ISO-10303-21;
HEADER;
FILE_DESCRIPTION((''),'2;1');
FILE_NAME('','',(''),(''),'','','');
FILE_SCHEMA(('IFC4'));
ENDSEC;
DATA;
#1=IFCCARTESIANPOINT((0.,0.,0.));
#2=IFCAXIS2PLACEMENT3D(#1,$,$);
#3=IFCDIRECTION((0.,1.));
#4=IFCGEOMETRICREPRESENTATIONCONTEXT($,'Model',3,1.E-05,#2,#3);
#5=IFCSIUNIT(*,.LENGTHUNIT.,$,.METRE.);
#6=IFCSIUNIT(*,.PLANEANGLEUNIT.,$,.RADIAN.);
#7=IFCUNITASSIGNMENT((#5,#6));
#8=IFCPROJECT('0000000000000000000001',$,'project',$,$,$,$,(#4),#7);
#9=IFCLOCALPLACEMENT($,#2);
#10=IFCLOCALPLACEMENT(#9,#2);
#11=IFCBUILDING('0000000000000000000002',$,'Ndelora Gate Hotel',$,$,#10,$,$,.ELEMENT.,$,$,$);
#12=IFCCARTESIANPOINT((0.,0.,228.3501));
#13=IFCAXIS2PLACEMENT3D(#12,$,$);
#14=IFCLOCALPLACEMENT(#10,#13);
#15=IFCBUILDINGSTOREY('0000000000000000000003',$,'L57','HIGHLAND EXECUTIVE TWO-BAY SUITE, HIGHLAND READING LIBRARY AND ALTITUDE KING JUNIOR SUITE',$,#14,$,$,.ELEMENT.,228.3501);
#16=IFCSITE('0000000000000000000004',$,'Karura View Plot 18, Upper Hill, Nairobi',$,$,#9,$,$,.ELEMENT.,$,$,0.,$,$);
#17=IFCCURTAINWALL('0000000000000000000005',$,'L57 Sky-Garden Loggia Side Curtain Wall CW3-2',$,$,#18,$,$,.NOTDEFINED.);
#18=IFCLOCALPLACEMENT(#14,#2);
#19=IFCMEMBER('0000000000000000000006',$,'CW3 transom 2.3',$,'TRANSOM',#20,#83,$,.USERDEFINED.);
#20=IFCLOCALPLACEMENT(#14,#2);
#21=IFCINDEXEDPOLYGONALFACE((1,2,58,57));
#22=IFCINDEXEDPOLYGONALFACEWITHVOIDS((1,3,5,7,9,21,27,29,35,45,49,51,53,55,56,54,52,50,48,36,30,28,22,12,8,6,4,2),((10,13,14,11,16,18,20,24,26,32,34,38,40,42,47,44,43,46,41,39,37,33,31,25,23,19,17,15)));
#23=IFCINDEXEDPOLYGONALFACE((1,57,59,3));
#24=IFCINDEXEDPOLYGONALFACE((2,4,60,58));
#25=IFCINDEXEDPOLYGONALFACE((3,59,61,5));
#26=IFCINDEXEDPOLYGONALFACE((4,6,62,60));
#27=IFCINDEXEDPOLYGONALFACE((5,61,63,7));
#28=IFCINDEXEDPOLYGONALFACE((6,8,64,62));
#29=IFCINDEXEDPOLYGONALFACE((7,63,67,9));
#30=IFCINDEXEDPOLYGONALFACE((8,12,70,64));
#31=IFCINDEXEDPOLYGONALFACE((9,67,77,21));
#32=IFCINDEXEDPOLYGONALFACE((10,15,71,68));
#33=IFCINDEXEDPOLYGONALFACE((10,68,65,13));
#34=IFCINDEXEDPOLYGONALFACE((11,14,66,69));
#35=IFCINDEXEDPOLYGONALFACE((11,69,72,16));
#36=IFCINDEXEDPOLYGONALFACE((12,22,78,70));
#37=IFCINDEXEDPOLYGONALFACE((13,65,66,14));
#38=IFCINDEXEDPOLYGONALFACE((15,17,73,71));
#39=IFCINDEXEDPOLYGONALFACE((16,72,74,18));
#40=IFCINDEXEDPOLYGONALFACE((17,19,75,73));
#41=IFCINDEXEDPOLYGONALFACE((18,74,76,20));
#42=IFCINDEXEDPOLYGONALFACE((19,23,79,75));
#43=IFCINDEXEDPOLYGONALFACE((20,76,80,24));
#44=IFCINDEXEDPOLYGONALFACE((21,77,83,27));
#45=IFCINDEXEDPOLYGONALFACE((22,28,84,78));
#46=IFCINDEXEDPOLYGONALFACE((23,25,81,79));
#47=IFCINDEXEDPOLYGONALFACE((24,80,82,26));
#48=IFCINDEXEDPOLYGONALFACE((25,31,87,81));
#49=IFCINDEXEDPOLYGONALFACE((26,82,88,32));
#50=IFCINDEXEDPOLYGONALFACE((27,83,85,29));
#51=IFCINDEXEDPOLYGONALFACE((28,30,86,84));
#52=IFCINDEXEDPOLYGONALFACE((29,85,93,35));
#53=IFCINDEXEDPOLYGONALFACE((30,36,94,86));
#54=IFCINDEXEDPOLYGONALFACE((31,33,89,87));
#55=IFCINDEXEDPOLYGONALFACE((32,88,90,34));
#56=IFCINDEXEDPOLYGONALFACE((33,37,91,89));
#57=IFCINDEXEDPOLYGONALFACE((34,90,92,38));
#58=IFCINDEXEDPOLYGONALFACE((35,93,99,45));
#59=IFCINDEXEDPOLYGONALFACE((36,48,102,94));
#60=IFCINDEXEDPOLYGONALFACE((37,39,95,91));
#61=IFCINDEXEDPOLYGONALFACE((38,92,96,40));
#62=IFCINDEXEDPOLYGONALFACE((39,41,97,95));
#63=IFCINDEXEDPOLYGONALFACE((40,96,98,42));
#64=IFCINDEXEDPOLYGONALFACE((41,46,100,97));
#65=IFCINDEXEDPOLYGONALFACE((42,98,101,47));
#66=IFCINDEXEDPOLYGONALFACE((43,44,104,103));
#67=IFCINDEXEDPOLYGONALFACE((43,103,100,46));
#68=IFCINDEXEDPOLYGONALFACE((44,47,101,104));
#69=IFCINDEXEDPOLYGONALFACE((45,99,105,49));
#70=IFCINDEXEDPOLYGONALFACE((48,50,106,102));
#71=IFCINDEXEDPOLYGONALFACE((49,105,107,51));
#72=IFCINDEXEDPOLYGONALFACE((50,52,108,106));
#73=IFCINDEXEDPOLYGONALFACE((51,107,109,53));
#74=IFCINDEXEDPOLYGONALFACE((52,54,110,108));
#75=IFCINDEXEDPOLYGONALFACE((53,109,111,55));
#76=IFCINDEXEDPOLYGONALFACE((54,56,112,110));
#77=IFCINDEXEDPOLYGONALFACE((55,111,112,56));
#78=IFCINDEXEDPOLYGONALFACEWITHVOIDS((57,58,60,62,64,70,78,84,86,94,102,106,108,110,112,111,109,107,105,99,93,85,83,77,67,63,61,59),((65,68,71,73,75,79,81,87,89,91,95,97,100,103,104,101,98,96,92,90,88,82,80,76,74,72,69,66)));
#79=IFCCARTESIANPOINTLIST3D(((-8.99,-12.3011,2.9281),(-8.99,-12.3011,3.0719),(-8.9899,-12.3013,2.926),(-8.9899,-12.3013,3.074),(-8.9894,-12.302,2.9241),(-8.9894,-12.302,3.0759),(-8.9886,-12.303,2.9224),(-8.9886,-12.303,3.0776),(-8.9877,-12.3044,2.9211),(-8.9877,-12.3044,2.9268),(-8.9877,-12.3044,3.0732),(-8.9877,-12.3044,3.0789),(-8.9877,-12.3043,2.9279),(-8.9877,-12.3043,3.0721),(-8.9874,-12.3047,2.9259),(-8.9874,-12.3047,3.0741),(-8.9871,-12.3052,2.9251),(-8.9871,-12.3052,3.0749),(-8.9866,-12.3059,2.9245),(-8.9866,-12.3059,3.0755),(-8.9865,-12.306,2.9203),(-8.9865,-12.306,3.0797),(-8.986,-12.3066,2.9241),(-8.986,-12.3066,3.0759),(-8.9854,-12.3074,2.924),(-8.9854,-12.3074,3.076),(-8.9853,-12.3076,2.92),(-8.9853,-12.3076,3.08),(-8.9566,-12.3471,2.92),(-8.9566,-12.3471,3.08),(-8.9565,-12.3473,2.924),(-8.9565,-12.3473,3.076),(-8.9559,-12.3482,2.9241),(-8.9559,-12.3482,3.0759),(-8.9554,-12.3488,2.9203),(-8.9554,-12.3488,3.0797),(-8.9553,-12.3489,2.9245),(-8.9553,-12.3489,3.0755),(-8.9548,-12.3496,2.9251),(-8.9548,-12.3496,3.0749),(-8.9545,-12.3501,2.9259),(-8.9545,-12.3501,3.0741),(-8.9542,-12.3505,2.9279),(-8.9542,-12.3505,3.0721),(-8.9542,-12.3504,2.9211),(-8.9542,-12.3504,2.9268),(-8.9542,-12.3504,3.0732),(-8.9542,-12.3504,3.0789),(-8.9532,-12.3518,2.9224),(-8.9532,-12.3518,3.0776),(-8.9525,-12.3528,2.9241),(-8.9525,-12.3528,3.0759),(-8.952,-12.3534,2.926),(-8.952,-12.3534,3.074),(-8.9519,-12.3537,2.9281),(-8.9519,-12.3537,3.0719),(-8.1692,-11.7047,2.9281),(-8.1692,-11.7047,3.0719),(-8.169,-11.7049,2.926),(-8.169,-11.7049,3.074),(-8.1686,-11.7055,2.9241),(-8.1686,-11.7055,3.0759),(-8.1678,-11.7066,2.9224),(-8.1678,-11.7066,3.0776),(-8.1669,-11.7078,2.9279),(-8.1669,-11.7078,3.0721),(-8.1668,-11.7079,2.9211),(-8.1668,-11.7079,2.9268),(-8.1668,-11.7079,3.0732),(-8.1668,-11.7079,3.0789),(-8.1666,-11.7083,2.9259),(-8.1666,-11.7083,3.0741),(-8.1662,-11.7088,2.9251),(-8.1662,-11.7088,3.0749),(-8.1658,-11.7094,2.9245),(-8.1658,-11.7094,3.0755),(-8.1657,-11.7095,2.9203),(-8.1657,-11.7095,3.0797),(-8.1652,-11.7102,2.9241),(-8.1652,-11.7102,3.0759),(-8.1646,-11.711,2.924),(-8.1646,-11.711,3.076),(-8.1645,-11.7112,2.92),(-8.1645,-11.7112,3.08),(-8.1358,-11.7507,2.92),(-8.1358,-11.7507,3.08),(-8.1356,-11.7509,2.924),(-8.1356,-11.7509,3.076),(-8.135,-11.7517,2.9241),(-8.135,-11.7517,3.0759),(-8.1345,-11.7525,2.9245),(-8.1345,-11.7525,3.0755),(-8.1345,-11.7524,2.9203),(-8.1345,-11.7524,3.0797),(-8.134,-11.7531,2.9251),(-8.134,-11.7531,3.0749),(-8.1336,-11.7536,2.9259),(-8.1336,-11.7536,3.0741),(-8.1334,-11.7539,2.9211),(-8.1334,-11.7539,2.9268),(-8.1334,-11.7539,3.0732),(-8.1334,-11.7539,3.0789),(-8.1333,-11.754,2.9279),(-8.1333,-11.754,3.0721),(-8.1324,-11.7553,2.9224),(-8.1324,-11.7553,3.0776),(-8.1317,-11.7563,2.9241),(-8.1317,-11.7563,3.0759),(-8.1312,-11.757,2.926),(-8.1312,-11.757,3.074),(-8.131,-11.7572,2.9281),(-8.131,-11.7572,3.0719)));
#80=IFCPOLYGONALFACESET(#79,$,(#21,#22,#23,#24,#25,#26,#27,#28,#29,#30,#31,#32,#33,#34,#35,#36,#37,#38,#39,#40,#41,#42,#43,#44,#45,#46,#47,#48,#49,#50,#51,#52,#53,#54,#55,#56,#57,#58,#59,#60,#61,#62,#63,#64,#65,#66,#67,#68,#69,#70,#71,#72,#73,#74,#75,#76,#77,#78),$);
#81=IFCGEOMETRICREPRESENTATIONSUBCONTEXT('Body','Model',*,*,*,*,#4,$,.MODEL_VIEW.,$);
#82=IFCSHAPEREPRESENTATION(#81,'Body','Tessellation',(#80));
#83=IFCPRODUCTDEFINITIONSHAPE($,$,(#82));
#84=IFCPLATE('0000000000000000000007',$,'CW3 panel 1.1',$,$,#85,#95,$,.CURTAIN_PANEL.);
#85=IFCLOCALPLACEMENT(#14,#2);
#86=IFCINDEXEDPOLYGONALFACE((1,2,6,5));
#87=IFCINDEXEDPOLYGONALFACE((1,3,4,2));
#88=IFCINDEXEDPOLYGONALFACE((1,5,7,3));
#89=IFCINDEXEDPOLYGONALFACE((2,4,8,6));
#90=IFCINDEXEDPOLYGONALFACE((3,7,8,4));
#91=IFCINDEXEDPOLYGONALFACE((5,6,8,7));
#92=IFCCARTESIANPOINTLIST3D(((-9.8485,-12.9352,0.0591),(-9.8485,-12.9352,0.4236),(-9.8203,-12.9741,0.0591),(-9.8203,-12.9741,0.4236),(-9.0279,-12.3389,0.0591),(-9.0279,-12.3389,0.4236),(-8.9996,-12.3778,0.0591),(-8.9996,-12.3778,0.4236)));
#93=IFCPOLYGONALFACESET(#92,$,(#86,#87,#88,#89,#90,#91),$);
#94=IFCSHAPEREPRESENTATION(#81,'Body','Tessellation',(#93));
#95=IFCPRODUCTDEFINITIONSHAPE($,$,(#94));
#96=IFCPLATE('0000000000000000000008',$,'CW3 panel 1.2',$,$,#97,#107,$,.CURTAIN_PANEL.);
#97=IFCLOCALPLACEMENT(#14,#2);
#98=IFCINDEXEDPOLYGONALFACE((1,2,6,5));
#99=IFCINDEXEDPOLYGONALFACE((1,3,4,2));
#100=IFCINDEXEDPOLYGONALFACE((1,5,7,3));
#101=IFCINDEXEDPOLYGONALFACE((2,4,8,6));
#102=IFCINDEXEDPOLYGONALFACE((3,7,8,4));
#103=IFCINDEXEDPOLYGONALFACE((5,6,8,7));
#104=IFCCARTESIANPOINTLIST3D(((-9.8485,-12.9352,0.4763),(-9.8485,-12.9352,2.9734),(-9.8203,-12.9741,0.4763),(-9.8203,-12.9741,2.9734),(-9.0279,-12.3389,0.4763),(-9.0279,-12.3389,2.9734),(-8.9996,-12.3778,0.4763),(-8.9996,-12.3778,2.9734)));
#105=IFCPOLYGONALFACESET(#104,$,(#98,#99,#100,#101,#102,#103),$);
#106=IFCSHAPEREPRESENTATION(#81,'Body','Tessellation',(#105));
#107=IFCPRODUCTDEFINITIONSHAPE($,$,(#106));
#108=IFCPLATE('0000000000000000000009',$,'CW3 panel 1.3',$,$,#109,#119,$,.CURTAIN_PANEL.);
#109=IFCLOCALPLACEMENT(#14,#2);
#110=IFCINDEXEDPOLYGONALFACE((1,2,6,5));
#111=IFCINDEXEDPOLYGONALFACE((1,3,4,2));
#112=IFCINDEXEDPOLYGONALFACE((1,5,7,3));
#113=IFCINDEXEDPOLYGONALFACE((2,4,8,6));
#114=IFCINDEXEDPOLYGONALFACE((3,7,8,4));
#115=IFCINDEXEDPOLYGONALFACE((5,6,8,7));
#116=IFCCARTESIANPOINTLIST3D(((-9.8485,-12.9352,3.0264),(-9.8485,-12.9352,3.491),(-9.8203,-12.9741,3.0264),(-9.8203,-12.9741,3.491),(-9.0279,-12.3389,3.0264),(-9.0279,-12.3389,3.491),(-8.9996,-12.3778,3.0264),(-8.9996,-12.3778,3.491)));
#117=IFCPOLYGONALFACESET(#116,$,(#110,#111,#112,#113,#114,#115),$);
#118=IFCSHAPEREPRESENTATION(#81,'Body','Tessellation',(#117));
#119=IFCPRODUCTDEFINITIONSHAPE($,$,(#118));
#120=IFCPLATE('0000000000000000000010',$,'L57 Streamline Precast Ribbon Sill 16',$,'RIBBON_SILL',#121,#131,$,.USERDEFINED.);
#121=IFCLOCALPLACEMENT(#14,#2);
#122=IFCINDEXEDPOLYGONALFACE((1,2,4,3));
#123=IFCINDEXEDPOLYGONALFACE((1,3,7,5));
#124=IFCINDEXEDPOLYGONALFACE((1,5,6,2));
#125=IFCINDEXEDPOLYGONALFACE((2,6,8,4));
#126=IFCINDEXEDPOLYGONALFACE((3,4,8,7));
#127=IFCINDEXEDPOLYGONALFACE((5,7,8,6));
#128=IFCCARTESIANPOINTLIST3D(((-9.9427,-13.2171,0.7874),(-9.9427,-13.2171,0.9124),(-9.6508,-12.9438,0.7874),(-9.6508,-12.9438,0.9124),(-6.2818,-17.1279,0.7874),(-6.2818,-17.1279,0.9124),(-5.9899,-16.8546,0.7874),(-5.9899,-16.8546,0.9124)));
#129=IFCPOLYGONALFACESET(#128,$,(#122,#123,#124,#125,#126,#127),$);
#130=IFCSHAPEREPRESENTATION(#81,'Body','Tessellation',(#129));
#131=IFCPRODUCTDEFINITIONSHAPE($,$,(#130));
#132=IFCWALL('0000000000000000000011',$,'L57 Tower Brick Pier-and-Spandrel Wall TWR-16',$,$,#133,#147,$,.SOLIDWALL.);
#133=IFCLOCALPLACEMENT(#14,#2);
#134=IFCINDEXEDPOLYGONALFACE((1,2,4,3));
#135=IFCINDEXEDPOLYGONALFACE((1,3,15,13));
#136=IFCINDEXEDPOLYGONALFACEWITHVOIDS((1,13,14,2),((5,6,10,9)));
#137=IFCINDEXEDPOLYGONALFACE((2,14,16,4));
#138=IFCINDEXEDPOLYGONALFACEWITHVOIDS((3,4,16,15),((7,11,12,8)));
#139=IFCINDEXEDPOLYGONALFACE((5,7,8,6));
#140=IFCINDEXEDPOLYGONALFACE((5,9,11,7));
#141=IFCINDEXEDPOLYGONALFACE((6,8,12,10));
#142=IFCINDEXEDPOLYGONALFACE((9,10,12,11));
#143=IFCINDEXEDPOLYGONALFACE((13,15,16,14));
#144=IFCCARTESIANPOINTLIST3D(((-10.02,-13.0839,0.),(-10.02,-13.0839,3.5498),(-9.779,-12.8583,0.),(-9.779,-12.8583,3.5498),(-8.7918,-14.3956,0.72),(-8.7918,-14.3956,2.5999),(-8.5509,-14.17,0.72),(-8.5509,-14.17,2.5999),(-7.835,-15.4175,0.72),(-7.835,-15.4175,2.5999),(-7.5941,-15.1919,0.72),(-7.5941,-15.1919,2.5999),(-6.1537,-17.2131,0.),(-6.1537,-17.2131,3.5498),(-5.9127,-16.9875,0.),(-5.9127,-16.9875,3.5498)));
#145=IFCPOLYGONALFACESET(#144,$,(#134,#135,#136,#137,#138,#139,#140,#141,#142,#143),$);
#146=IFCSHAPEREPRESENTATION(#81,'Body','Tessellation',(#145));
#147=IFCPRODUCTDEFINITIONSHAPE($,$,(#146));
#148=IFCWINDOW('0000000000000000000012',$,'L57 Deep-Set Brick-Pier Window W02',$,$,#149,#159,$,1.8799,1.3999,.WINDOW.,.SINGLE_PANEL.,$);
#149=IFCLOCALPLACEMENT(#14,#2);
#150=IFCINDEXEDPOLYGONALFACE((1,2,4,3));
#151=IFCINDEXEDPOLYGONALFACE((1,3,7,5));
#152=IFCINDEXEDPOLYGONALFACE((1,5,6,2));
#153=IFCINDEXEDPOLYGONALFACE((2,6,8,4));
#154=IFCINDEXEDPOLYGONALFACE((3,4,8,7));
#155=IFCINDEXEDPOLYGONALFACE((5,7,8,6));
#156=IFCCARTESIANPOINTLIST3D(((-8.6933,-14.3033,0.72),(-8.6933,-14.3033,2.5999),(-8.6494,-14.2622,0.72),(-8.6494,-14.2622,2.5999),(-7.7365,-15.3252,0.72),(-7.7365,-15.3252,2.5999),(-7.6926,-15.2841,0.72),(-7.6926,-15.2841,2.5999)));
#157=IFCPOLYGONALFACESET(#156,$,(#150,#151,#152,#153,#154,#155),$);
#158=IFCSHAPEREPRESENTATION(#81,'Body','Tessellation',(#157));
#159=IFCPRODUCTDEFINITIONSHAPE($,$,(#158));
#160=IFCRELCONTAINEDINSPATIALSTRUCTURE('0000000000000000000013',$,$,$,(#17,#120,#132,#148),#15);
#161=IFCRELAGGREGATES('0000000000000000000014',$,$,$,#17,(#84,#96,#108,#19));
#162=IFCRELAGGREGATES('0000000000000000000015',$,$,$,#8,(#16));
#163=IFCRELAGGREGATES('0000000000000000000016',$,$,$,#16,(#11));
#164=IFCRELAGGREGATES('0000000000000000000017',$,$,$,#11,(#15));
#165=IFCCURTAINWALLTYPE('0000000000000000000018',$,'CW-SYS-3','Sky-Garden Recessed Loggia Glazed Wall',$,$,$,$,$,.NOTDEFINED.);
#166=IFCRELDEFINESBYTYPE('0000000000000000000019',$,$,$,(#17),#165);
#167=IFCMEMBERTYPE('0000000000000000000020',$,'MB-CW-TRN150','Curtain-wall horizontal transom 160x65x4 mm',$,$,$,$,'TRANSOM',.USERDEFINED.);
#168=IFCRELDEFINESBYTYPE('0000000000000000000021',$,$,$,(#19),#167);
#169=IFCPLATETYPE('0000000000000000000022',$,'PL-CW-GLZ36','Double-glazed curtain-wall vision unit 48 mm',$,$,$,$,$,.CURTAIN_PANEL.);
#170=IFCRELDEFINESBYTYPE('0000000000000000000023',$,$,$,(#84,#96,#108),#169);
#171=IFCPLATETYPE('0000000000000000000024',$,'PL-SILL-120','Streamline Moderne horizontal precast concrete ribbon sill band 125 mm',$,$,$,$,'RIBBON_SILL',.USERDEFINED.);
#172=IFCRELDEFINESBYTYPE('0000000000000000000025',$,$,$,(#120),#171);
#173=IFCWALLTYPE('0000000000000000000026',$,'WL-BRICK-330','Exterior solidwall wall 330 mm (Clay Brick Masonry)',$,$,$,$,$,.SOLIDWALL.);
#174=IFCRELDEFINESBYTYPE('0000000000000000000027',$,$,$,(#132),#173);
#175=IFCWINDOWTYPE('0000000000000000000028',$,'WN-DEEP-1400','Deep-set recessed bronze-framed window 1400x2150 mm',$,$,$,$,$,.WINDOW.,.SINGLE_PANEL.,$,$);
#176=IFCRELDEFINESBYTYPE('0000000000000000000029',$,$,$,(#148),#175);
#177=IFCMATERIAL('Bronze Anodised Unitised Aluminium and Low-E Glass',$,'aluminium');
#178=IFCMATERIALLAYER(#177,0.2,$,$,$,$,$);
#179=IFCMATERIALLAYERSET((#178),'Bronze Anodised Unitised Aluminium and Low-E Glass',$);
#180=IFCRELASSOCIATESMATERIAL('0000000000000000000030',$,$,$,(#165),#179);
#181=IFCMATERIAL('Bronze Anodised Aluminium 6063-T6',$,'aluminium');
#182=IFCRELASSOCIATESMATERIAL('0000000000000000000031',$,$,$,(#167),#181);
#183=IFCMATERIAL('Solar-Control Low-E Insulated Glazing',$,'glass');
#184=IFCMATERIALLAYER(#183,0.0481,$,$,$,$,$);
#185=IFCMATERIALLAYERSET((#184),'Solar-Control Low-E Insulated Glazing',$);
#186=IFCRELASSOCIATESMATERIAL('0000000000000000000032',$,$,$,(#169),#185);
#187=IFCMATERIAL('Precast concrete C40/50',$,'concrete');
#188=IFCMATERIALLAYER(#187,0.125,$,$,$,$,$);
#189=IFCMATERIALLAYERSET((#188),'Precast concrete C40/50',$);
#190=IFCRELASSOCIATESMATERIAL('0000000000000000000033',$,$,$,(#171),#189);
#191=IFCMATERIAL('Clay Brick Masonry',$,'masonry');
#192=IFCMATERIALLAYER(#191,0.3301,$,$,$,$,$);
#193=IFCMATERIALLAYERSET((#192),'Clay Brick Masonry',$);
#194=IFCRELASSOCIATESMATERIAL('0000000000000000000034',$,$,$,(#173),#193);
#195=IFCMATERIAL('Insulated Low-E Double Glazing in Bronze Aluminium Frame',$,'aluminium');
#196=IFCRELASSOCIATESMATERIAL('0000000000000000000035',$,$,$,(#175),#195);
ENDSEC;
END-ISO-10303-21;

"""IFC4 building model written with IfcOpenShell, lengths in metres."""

from ifc_helpers import new_model, si_unit, direction, frame, frame_2d, origin, origin_2d, place, context, subcontext, project, spatial, rectangle, hollow_rectangle, extrude, material, layer, layer_set, material_profile, profile_set, type_object, element, fill, aggregate, save


model = new_model("IFC4")

# Units and contexts
model_context = context("Model", 3, precision=1e-05, world=origin(), true_north=direction((0.0, 1.0)))
body_context = subcontext(model_context, "Body", "Model", "MODEL_VIEW")
ifc_project = project(units=[si_unit("LENGTHUNIT", "METRE"), si_unit("PLANEANGLEUNIT", "RADIAN")], contexts=[model_context])

# Site, building, storey
site_placement = place(None, origin())
site = spatial("IfcSite", under=ifc_project, at=site_placement, Name="Karura View Plot 18, Upper Hill, Nairobi", CompositionType="ELEMENT", RefElevation=0.0)
building_placement = place(site_placement, origin())
building = spatial("IfcBuilding", under=site, at=building_placement, Name="Ndelora Gate Hotel", CompositionType="ELEMENT")
storey_placement = place(building_placement, frame((0.0, 0.0, 228.3501)))
storey = spatial("IfcBuildingStorey", under=building, at=storey_placement, Name="L57", Description="HIGHLAND EXECUTIVE TWO-BAY SUITE, HIGHLAND READING LIBRARY AND ALTITUDE KING JUNIOR SUITE", CompositionType="ELEMENT", Elevation=228.3501)

# Curtain wall, member, plates
ifc_material_1 = material(Name="Bronze Anodised Unitised Aluminium and Low-E Glass", Category="aluminium")
ifc_layer_1 = layer(ifc_material_1, 0.2)
ifc_layer_set_1 = layer_set([ifc_layer_1], Name="Bronze Anodised Unitised Aluminium and Low-E Glass")
curtain_wall_type = type_object("IfcCurtainWallType", Name="CW-SYS-3", Description="Sky-Garden Recessed Loggia Glazed Wall", PredefinedType="NOTDEFINED", material=ifc_layer_set_1)
curtain_wall_placement = place(storey_placement, origin())
curtain_wall = element("IfcCurtainWall", 1, at=curtain_wall_placement, inside=storey, type_object=curtain_wall_type, Name="L57 Sky-Garden Loggia Side Curtain Wall CW3-2", PredefinedType="NOTDEFINED")
ifc_material_2 = material(Name="Bronze Anodised Aluminium 6063-T6", Category="aluminium")
ifc_material_profile_1 = material_profile(ifc_material_2, hollow_rectangle(XDim=0.0649, YDim=0.1599, WallThickness=0.0039, InnerFilletRadius=0.0039, OuterFilletRadius=0.0081, at=origin_2d()), Name="ALU 160x65x4")
ifc_profile_set_1 = profile_set([ifc_material_profile_1], Name="Bronze Anodised Aluminium 6063-T6")
member_type_1 = type_object("IfcMemberType", Name="MB-CW-TRN150", Description="Curtain-wall horizontal transom 160x65x4 mm", ElementType="TRANSOM", PredefinedType="USERDEFINED", material=ifc_profile_set_1)
member_1_placement = place(storey_placement, frame((-8.9709, -12.3274, 3.0), z_axis=(0.808975, 0.587843, 0.0), x_axis=(-0.587843, 0.808975, 0.0)))
member_1 = element("IfcMember", 2, at=member_1_placement, type_object=member_type_1, Name="CW3 transom 2.3", ObjectType="TRANSOM", PredefinedType="USERDEFINED", context=body_context, shape_type="SweptSolid", body=[
    extrude(hollow_rectangle(XDim=0.0649, YDim=0.1599, WallThickness=0.0039, InnerFilletRadius=0.0039, OuterFilletRadius=0.0081, at=origin_2d()), origin(), (0.0, 0.0, 1.0), 1.0146),
])
ifc_material_3 = material(Name="Solar-Control Low-E Insulated Glazing", Category="glass")
ifc_layer_2 = layer(ifc_material_3, 0.0481)
ifc_layer_set_2 = layer_set([ifc_layer_2], Name="Solar-Control Low-E Insulated Glazing")
plate_type_1 = type_object("IfcPlateType", Name="PL-CW-GLZ36", Description="Double-glazed curtain-wall vision unit 48 mm", PredefinedType="CURTAIN_PANEL", material=ifc_layer_set_2)
plate_1_placement = place(storey_placement, frame((-9.4241, -12.6565, 0.0591), z_axis=(0.0, 0.0, 1.0), x_axis=(0.809033, 0.587764, 0.0)))
plate_1 = element("IfcPlate", 3, at=plate_1_placement, type_object=plate_type_1, Name="CW3 panel 1.1", PredefinedType="CURTAIN_PANEL", context=body_context, shape_type="SweptSolid", body=[
    extrude(rectangle(XDim=1.0144, YDim=0.0481, at=origin_2d()), origin(), (0.0, 0.0, 1.0), 0.3645),
])
plate_2_placement = place(storey_placement, frame((-9.4241, -12.6565, 0.4763), z_axis=(0.0, 0.0, 1.0), x_axis=(0.809033, 0.587764, 0.0)))
plate_2 = element("IfcPlate", 4, at=plate_2_placement, type_object=plate_type_1, Name="CW3 panel 1.2", PredefinedType="CURTAIN_PANEL", context=body_context, shape_type="SweptSolid", body=[
    extrude(rectangle(XDim=1.0144, YDim=0.0481, at=origin_2d()), origin(), (0.0, 0.0, 1.0), 2.4971),
])
plate_3_placement = place(storey_placement, frame((-9.4241, -12.6565, 3.0264), z_axis=(0.0, 0.0, 1.0), x_axis=(0.809033, 0.587764, 0.0)))
plate_3 = element("IfcPlate", 5, at=plate_3_placement, type_object=plate_type_1, Name="CW3 panel 1.3", PredefinedType="CURTAIN_PANEL", context=body_context, shape_type="SweptSolid", body=[
    extrude(rectangle(XDim=1.0144, YDim=0.0481, at=origin_2d()), origin(), (0.0, 0.0, 1.0), 0.4646),
])
aggregate(curtain_wall, [plate_1, plate_2, plate_3, member_1])

# Plate
ifc_material_4 = material(Name="Precast concrete C40/50", Category="concrete")
ifc_layer_3 = layer(ifc_material_4, 0.125)
ifc_layer_set_3 = layer_set([ifc_layer_3], Name="Precast concrete C40/50")
plate_type_2 = type_object("IfcPlateType", Name="PL-SILL-120", Description="Streamline Moderne horizontal precast concrete ribbon sill band 125 mm", ElementType="RIBBON_SILL", PredefinedType="USERDEFINED", material=ifc_layer_set_3)
plate_4_placement = place(storey_placement, frame((-7.9663, -15.0359, 0.7874), z_axis=(0.0, 0.0, 1.0), x_axis=(-0.683401, 0.730043, 0.0)))
element("IfcPlate", 6, at=plate_4_placement, inside=storey, type_object=plate_type_2, Name="L57 Streamline Precast Ribbon Sill 16", ObjectType="RIBBON_SILL", PredefinedType="USERDEFINED", context=body_context, shape_type="SweptSolid", body=[
    extrude(rectangle(XDim=5.3569, YDim=0.3999, at=origin_2d()), origin(), (0.0, 0.0, 1.0), 0.125),
])

# Wall, opening, window
ifc_material_5 = material(Name="Clay Brick Masonry", Category="masonry")
ifc_layer_4 = layer(ifc_material_5, 0.3301)
ifc_layer_set_4 = layer_set([ifc_layer_4], Name="Clay Brick Masonry")
wall_type = type_object("IfcWallType", Name="WL-BRICK-330", Description="Exterior solidwall wall 330 mm (Clay Brick Masonry)", PredefinedType="SOLIDWALL", material=ifc_layer_set_4)
wall_1_placement = place(storey_placement, frame((-6.0332, -17.1003, 0.0), z_axis=(0.0, 0.0, 1.0), x_axis=(-0.683483, 0.729966, 0.0)))
wall_1 = element("IfcWall", 7, at=wall_1_placement, inside=storey, type_object=wall_type, Name="L57 Tower Brick Pier-and-Spandrel Wall TWR-16", PredefinedType="SOLIDWALL", context=body_context, shape_type="SweptSolid", body=[
    extrude(rectangle(XDim=5.6567, YDim=0.3301, at=frame_2d((2.8284, 0.0))), origin(), (0.0, 0.0, 1.0), 3.5498),
])
opening_1_placement = place(wall_1_placement, frame((2.46, 0.0, 0.72)))
opening_1 = element("IfcOpeningElement", 8, at=opening_1_placement, cuts=wall_1, PredefinedType="OPENING", context=body_context, shape_type="SweptSolid", body=[
    extrude(rectangle(XDim=1.3999, YDim=1.8799, at=frame_2d((0.7, 0.9399))), frame((0.0, 0.175, 0.0), z_axis=(0.0, -1.0, 0.0), x_axis=(1.0, 0.0, 0.0)), (0.0, 0.0, 1.0), 0.3501),
])
ifc_material_6 = material(Name="Insulated Low-E Double Glazing in Bronze Aluminium Frame", Category="aluminium")
window_type = type_object("IfcWindowType", Name="WN-DEEP-1400", Description="Deep-set recessed bronze-framed window 1400x2150 mm", PartitioningType="SINGLE_PANEL", PredefinedType="WINDOW", material=ifc_material_6)
window_1_placement = place(opening_1_placement, origin())
window_1 = element("IfcWindow", 9, at=window_1_placement, inside=storey, type_object=window_type, Name="L57 Deep-Set Brick-Pier Window W02", OverallHeight=1.8799, OverallWidth=1.3999, PartitioningType="SINGLE_PANEL", PredefinedType="WINDOW", context=body_context, shape_type="SweptSolid", body=[
    extrude(rectangle(XDim=1.3999, YDim=1.8799, at=frame_2d((0.7, 0.9399))), frame((0.0, 0.03, 0.0), z_axis=(0.0, -1.0, 0.0), x_axis=(1.0, 0.0, 0.0)), (0.0, 0.0, 1.0), 0.0601),
])
fill(opening_1, window_1)

save(model, "model.ifc")
